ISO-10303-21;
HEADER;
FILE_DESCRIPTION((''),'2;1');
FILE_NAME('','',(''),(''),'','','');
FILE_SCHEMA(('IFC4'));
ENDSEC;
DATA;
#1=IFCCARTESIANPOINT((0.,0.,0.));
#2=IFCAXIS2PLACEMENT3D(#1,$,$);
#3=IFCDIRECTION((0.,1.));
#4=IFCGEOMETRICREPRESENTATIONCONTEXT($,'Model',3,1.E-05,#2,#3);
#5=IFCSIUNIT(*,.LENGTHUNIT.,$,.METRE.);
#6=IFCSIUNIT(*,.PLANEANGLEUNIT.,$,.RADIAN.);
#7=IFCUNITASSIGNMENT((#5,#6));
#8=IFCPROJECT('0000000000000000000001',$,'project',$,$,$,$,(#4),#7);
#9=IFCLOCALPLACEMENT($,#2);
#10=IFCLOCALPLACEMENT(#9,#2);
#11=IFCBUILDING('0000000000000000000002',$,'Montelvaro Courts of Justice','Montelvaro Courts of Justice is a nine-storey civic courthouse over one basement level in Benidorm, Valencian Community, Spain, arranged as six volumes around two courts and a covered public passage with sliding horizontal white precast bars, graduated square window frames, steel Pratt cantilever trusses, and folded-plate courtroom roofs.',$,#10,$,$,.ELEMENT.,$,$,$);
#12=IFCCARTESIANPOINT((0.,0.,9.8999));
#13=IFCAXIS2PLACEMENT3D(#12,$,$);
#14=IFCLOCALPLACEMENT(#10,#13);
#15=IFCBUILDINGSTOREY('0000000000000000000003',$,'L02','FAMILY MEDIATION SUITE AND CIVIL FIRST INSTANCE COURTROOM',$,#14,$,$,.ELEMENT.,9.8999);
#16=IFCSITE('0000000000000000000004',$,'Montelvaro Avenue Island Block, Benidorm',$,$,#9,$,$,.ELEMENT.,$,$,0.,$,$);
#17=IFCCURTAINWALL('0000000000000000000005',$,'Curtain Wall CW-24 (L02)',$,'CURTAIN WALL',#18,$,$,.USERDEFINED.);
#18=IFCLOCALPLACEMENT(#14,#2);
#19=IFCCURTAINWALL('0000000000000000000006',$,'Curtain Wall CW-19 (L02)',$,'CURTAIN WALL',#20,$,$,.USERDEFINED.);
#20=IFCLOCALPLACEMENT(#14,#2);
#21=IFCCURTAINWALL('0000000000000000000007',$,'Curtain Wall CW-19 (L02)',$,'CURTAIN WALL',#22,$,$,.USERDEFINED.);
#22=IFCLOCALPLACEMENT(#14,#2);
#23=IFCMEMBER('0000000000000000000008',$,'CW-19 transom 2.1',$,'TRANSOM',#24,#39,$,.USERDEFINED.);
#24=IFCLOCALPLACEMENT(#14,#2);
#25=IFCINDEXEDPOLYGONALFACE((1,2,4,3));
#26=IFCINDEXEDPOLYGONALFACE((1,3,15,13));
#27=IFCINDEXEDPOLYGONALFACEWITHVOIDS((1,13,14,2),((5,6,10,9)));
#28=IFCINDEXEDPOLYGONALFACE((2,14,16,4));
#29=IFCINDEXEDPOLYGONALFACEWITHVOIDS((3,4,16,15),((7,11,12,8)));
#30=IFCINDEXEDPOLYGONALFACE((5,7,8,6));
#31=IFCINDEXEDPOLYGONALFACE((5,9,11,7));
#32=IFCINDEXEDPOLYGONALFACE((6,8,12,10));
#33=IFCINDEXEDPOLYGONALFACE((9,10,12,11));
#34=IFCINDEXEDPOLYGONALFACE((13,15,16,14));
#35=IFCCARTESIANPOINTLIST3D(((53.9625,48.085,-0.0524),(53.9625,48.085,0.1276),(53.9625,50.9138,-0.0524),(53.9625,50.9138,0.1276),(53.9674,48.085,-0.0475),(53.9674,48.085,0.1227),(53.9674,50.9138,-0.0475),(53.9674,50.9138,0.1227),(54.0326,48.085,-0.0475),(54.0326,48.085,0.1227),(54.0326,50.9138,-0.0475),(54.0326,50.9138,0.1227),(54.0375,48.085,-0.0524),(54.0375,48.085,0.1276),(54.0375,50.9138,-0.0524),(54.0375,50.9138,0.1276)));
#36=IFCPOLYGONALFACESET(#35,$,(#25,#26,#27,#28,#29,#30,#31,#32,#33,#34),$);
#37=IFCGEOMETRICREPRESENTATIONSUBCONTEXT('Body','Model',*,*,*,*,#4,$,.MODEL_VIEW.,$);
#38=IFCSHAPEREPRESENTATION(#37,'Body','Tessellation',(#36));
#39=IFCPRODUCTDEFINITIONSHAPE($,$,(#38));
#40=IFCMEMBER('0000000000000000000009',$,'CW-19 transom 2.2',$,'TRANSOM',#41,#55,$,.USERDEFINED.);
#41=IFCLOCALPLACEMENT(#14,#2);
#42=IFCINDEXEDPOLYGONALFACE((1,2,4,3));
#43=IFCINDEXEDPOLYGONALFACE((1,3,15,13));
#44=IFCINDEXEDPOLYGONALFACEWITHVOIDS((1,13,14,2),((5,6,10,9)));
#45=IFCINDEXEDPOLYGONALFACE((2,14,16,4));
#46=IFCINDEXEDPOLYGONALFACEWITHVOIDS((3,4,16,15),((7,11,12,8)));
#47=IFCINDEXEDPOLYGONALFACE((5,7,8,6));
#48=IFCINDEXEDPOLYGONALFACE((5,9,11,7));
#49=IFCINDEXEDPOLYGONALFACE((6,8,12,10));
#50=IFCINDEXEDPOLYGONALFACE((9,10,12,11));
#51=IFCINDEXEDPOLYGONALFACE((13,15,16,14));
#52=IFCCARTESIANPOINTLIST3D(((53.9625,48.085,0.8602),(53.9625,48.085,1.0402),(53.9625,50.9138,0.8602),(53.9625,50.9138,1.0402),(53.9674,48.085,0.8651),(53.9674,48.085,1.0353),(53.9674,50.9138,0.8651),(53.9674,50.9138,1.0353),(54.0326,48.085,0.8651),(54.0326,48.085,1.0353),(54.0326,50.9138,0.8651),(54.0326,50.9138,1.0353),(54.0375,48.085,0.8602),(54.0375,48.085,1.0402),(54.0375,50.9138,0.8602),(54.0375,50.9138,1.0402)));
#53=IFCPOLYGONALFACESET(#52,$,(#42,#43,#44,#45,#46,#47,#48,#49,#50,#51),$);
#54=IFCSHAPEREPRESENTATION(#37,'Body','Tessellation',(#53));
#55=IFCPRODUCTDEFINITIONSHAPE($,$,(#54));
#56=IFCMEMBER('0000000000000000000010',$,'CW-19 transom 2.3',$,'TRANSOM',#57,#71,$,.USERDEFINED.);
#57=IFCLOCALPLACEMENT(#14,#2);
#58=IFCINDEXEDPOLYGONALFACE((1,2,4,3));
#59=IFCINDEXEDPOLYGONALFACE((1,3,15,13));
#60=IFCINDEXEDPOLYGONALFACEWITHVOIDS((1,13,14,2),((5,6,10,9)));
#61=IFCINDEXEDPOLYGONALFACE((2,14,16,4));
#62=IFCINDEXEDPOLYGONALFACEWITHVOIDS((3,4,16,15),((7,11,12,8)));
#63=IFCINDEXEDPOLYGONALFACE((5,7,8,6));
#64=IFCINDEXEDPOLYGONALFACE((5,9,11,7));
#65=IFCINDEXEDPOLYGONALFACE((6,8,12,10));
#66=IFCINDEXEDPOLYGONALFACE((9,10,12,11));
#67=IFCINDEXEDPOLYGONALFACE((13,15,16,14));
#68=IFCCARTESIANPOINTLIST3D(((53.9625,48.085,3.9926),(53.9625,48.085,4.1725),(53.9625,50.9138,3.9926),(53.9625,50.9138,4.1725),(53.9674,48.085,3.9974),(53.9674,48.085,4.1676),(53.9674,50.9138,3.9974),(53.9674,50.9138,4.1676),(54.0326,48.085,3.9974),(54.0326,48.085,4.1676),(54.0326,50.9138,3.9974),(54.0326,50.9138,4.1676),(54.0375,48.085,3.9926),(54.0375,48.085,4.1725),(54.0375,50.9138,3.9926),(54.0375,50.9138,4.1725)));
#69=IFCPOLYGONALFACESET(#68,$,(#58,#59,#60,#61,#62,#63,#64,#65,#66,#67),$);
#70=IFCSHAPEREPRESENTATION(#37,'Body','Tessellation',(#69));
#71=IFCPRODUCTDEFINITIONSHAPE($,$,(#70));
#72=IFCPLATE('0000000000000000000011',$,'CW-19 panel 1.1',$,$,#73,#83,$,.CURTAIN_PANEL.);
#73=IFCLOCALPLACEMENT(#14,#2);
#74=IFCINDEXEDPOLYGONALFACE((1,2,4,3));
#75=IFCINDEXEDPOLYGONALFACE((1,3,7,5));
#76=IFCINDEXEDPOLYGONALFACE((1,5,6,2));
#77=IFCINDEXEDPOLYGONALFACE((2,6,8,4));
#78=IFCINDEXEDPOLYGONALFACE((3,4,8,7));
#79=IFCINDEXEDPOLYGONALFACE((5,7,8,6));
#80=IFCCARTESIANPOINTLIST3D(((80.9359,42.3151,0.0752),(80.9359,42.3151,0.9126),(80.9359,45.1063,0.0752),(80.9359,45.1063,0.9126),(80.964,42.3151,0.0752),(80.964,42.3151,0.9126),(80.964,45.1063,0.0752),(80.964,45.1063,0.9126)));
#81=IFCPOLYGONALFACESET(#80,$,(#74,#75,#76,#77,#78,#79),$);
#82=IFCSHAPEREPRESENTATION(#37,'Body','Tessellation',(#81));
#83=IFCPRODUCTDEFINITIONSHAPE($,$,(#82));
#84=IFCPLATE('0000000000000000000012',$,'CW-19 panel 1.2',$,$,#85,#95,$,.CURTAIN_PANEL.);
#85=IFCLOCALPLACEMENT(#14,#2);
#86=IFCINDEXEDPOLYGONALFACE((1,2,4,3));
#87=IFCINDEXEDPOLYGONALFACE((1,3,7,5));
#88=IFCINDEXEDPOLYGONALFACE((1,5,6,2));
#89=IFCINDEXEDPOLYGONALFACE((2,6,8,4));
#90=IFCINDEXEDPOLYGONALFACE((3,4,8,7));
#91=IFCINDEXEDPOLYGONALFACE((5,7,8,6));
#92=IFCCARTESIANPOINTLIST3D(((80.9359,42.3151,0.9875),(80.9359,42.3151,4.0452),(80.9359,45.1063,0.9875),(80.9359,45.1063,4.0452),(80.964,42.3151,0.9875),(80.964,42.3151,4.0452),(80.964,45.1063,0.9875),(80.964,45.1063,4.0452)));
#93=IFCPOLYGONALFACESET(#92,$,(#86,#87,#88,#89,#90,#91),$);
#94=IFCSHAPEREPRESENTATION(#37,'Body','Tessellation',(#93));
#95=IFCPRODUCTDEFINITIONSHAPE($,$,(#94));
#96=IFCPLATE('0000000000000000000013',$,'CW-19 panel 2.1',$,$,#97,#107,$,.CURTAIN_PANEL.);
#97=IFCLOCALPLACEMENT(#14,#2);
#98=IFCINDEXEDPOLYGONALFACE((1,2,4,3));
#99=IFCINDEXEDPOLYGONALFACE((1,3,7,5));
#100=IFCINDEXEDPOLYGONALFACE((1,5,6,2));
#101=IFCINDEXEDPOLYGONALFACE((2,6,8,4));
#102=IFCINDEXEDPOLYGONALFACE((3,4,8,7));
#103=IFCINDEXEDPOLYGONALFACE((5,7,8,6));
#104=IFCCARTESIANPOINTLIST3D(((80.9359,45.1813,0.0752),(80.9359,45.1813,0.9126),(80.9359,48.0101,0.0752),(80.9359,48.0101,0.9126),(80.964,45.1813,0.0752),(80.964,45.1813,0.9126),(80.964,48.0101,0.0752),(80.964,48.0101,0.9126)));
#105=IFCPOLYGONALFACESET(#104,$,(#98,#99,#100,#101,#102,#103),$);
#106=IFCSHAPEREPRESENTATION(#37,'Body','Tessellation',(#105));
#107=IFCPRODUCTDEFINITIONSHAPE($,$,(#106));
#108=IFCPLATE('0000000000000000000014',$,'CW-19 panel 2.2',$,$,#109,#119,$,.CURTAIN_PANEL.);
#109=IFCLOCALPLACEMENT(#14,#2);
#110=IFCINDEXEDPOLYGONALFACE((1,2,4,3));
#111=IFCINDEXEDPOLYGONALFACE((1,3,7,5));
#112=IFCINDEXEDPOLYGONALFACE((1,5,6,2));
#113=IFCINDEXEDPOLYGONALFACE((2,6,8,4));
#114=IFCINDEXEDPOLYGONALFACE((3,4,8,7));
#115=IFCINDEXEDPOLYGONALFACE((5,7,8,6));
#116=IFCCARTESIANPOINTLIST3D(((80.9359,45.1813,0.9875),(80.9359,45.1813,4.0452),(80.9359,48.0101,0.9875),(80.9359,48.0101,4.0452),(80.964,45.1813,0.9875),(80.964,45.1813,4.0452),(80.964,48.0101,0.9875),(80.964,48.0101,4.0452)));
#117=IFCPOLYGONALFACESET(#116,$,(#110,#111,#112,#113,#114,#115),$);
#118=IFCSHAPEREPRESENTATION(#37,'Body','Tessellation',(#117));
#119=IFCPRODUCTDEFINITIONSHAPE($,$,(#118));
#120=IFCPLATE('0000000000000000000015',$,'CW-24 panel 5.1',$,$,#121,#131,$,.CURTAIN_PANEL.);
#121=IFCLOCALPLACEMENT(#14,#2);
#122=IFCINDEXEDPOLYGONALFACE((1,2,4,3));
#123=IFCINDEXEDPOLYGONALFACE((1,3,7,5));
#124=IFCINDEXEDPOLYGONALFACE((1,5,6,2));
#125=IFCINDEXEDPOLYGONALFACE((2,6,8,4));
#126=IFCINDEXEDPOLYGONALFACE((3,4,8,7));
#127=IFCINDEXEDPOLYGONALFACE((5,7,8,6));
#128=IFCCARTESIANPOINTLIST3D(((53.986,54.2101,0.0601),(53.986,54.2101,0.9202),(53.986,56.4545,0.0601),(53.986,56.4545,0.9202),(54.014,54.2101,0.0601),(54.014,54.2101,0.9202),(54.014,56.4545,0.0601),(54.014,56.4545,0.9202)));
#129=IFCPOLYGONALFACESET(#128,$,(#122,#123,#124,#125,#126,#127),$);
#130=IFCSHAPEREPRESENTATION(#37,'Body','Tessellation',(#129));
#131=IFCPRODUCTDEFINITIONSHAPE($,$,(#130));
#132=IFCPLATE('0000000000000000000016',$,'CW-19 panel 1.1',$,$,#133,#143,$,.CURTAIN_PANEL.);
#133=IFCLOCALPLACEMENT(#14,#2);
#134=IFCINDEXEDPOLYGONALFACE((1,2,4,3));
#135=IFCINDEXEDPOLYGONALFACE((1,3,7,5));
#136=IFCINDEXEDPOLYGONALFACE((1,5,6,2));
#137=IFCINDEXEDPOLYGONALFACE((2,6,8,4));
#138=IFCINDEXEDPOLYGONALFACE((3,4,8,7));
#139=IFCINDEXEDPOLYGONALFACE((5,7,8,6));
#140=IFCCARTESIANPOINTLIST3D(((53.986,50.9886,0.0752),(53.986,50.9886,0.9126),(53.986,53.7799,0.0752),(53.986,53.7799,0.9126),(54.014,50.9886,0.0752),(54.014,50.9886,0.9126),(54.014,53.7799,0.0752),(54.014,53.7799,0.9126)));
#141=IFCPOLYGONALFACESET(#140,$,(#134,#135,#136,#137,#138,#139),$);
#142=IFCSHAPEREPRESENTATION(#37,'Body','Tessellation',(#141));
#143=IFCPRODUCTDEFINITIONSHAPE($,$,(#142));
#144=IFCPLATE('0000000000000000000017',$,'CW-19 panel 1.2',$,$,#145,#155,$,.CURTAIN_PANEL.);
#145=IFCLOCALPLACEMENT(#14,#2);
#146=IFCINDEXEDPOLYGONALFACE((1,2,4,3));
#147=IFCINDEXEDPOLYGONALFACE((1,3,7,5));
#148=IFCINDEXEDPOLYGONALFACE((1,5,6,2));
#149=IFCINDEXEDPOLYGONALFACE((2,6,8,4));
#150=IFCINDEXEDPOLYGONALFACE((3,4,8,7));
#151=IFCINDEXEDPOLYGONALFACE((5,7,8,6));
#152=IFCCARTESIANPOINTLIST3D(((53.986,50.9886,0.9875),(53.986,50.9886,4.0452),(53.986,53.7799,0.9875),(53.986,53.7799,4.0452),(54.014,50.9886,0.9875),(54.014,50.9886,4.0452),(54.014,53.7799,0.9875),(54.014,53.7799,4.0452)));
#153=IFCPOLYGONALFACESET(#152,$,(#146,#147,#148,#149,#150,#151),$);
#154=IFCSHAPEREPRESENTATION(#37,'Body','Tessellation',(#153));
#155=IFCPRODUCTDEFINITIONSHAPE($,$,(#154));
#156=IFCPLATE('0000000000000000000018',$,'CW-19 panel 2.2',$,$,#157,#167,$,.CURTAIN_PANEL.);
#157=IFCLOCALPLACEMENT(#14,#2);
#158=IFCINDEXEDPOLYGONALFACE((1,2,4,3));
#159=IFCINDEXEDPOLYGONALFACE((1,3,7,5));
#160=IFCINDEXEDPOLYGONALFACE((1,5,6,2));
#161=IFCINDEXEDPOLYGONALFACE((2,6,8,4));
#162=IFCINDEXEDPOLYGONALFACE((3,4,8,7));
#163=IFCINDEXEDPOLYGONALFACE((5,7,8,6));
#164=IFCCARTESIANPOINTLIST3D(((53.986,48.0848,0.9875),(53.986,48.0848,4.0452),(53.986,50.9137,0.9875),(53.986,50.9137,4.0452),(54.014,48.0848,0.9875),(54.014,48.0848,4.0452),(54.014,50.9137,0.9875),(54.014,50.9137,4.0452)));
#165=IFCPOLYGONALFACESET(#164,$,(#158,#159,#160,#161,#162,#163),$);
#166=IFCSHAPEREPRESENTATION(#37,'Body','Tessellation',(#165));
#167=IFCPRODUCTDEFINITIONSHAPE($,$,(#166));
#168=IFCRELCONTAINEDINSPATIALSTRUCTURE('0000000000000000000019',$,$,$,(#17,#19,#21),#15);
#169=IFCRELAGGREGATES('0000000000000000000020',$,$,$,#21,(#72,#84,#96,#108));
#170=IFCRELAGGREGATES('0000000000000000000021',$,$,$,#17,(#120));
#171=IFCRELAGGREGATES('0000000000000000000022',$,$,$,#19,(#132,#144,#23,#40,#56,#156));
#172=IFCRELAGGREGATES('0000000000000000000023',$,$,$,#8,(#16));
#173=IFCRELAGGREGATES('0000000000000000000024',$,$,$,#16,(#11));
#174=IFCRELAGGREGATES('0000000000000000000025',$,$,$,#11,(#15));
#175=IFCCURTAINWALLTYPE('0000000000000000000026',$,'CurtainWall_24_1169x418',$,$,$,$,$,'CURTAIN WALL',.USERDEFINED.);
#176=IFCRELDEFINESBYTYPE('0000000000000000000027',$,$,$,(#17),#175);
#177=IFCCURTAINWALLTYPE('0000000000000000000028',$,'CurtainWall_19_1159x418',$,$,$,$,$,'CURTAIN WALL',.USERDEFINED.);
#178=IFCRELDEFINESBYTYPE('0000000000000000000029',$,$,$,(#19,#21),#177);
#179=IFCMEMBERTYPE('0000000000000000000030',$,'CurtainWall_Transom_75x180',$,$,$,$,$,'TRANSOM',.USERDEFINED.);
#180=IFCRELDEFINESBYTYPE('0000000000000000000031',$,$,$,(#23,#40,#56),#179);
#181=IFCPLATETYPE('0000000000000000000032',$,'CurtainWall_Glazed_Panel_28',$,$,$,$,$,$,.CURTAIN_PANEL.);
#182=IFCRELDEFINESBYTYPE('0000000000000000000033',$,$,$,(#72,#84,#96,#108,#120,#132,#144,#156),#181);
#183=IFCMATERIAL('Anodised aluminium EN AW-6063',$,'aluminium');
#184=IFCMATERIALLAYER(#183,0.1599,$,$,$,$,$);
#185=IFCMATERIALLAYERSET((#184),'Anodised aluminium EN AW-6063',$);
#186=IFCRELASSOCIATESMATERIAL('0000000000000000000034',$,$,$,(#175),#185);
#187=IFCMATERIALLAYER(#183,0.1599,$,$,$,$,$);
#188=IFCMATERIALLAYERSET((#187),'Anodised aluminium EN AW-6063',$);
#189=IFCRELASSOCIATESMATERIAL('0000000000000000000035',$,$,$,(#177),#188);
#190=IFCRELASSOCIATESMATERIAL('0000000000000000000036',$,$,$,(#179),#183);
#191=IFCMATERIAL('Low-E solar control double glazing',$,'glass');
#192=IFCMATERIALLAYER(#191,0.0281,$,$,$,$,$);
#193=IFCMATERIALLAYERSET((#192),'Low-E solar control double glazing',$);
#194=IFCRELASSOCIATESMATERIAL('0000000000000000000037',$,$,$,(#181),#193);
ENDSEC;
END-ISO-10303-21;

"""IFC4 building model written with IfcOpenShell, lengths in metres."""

from ifc_helpers import new_model, si_unit, direction, frame, origin, origin_2d, place, context, subcontext, project, spatial, rectangle, hollow_rectangle, extrude, material, layer, layer_set, material_profile, profile_set, type_object, element, aggregate, save


model = new_model("IFC4")

# Units and contexts
model_context = context("Model", 3, precision=1e-05, world=origin(), true_north=direction((0.0, 1.0)))
body_context = subcontext(model_context, "Body", "Model", "MODEL_VIEW")
ifc_project = project(units=[si_unit("LENGTHUNIT", "METRE"), si_unit("PLANEANGLEUNIT", "RADIAN")], contexts=[model_context])

# Site, building, storey
site_placement = place(None, origin())
site = spatial("IfcSite", under=ifc_project, at=site_placement, Name="Montelvaro Avenue Island Block, Benidorm", CompositionType="ELEMENT", RefElevation=0.0)
building_placement = place(site_placement, origin())
building = spatial("IfcBuilding", under=site, at=building_placement, Name="Montelvaro Courts of Justice", Description="Montelvaro Courts of Justice is a nine-storey civic courthouse over one basement level in Benidorm, Valencian Community, Spain, arranged as six volumes around two courts and a covered public passage with sliding horizontal white precast bars, graduated square window frames, steel Pratt cantilever trusses, and folded-plate courtroom roofs.", CompositionType="ELEMENT")
storey_placement = place(building_placement, frame((0.0, 0.0, 9.8999)))
storey = spatial("IfcBuildingStorey", under=building, at=storey_placement, Name="L02", Description="FAMILY MEDIATION SUITE AND CIVIL FIRST INSTANCE COURTROOM", CompositionType="ELEMENT", Elevation=9.8999)

# Curtain wall
ifc_material_1 = material(Name="Anodised aluminium EN AW-6063", Category="aluminium")
ifc_layer_1 = layer(ifc_material_1, 0.1599)
ifc_layer_set_1 = layer_set([ifc_layer_1], Name="Anodised aluminium EN AW-6063")
curtain_wall_type_1 = type_object("IfcCurtainWallType", Name="CurtainWall_24_1169x418", ElementType="CURTAIN WALL", PredefinedType="USERDEFINED", material=ifc_layer_set_1)
curtain_wall_1_placement = place(storey_placement, origin())
curtain_wall_1 = element("IfcCurtainWall", 1, at=curtain_wall_1_placement, inside=storey, type_object=curtain_wall_type_1, Name="Curtain Wall CW-24 (L02)", ObjectType="CURTAIN WALL", PredefinedType="USERDEFINED")

# Curtain walls
ifc_layer_2 = layer(ifc_material_1, 0.1599)
ifc_layer_set_2 = layer_set([ifc_layer_2], Name="Anodised aluminium EN AW-6063")
curtain_wall_type_2 = type_object("IfcCurtainWallType", Name="CurtainWall_19_1159x418", ElementType="CURTAIN WALL", PredefinedType="USERDEFINED", material=ifc_layer_set_2)
curtain_wall_2_placement = place(storey_placement, origin())
curtain_wall_2 = element("IfcCurtainWall", 2, at=curtain_wall_2_placement, inside=storey, type_object=curtain_wall_type_2, Name="Curtain Wall CW-19 (L02)", ObjectType="CURTAIN WALL", PredefinedType="USERDEFINED")
curtain_wall_3_placement = place(storey_placement, origin())
curtain_wall_3 = element("IfcCurtainWall", 3, at=curtain_wall_3_placement, inside=storey, type_object=curtain_wall_type_2, Name="Curtain Wall CW-19 (L02)", ObjectType="CURTAIN WALL", PredefinedType="USERDEFINED")
ifc_material_profile_1 = material_profile(ifc_material_1, hollow_rectangle(XDim=0.075, YDim=0.1799, WallThickness=0.0049, at=origin_2d()), Name="ALU-T 75x180")
ifc_profile_set_1 = profile_set([ifc_material_profile_1], Name="Anodised aluminium EN AW-6063")
member_type_1 = type_object("IfcMemberType", Name="CurtainWall_Transom_75x180", ElementType="TRANSOM", PredefinedType="USERDEFINED", material=ifc_profile_set_1)

# Members
member_1_placement = place(storey_placement, frame((54.0, 50.9138, 0.0376), z_axis=(0.0, -1.0, 0.0), x_axis=(1.0, 0.0, 0.0)))
member_1 = element("IfcMember", 4, at=member_1_placement, type_object=member_type_1, Name="CW-19 transom 2.1", ObjectType="TRANSOM", PredefinedType="USERDEFINED", context=body_context, shape_type="SweptSolid", body=[
    extrude(hollow_rectangle(XDim=0.075, YDim=0.1799, WallThickness=0.0049, at=origin_2d()), origin(), (0.0, 0.0, 1.0), 2.8289),
])
member_2_placement = place(storey_placement, frame((54.0, 50.9138, 0.9502), z_axis=(0.0, -1.0, 0.0), x_axis=(1.0, 0.0, 0.0)))
member_2 = element("IfcMember", 5, at=member_2_placement, type_object=member_type_1, Name="CW-19 transom 2.2", ObjectType="TRANSOM", PredefinedType="USERDEFINED", context=body_context, shape_type="SweptSolid", body=[
    extrude(hollow_rectangle(XDim=0.075, YDim=0.1799, WallThickness=0.0049, at=origin_2d()), origin(), (0.0, 0.0, 1.0), 2.8289),
])
member_3_placement = place(storey_placement, frame((54.0, 50.9138, 4.0825), z_axis=(0.0, -1.0, 0.0), x_axis=(1.0, 0.0, 0.0)))
member_3 = element("IfcMember", 6, at=member_3_placement, type_object=member_type_1, Name="CW-19 transom 2.3", ObjectType="TRANSOM", PredefinedType="USERDEFINED", context=body_context, shape_type="SweptSolid", body=[
    extrude(hollow_rectangle(XDim=0.075, YDim=0.1799, WallThickness=0.0049, at=origin_2d()), origin(), (0.0, 0.0, 1.0), 2.8289),
])

# Plates
ifc_material_2 = material(Name="Low-E solar control double glazing", Category="glass")
ifc_layer_3 = layer(ifc_material_2, 0.0281)
ifc_layer_set_3 = layer_set([ifc_layer_3], Name="Low-E solar control double glazing")
plate_type = type_object("IfcPlateType", Name="CurtainWall_Glazed_Panel_28", PredefinedType="CURTAIN_PANEL", material=ifc_layer_set_3)
plate_1_placement = place(storey_placement, frame((80.95, 43.7107, 0.0752), z_axis=(0.0, 0.0, 1.0), x_axis=(0.0, 1.0, 0.0)))
plate_1 = element("IfcPlate", 7, at=plate_1_placement, type_object=plate_type, Name="CW-19 panel 1.1", PredefinedType="CURTAIN_PANEL", context=body_context, shape_type="SweptSolid", body=[
    extrude(rectangle(XDim=2.7913, YDim=0.0281, at=origin_2d()), origin(), (0.0, 0.0, 1.0), 0.8374),
])
plate_2_placement = place(storey_placement, frame((80.95, 43.7107, 0.9875), z_axis=(0.0, 0.0, 1.0), x_axis=(0.0, 1.0, 0.0)))
plate_2 = element("IfcPlate", 8, at=plate_2_placement, type_object=plate_type, Name="CW-19 panel 1.2", PredefinedType="CURTAIN_PANEL", context=body_context, shape_type="SweptSolid", body=[
    extrude(rectangle(XDim=2.7913, YDim=0.0281, at=origin_2d()), origin(), (0.0, 0.0, 1.0), 3.0576),
])
plate_3_placement = place(storey_placement, frame((80.95, 46.5957, 0.0752), z_axis=(0.0, 0.0, 1.0), x_axis=(0.0, 1.0, 0.0)))
plate_3 = element("IfcPlate", 9, at=plate_3_placement, type_object=plate_type, Name="CW-19 panel 2.1", PredefinedType="CURTAIN_PANEL", context=body_context, shape_type="SweptSolid", body=[
    extrude(rectangle(XDim=2.8289, YDim=0.0281, at=origin_2d()), origin(), (0.0, 0.0, 1.0), 0.8374),
])
plate_4_placement = place(storey_placement, frame((80.95, 46.5957, 0.9875), z_axis=(0.0, 0.0, 1.0), x_axis=(0.0, 1.0, 0.0)))
plate_4 = element("IfcPlate", 10, at=plate_4_placement, type_object=plate_type, Name="CW-19 panel 2.2", PredefinedType="CURTAIN_PANEL", context=body_context, shape_type="SweptSolid", body=[
    extrude(rectangle(XDim=2.8289, YDim=0.0281, at=origin_2d()), origin(), (0.0, 0.0, 1.0), 3.0576),
])
aggregate(curtain_wall_3, [plate_1, plate_2, plate_3, plate_4])
plate_5_placement = place(storey_placement, frame((54.0, 55.3323, 0.0601), z_axis=(0.0, 0.0, 1.0), x_axis=(0.0, -1.0, 0.0)))
plate_5 = element("IfcPlate", 11, at=plate_5_placement, type_object=plate_type, Name="CW-24 panel 5.1", PredefinedType="CURTAIN_PANEL", context=body_context, shape_type="SweptSolid", body=[
    extrude(rectangle(XDim=2.2444, YDim=0.0281, at=origin_2d()), origin(), (0.0, 0.0, 1.0), 0.8601),
])
aggregate(curtain_wall_1, [plate_5])
plate_6_placement = place(storey_placement, frame((54.0, 52.3843, 0.0752), z_axis=(0.0, 0.0, 1.0), x_axis=(0.0, -1.0, 0.0)))
plate_6 = element("IfcPlate", 12, at=plate_6_placement, type_object=plate_type, Name="CW-19 panel 1.1", PredefinedType="CURTAIN_PANEL", context=body_context, shape_type="SweptSolid", body=[
    extrude(rectangle(XDim=2.7913, YDim=0.0281, at=origin_2d()), origin(), (0.0, 0.0, 1.0), 0.8374),
])
plate_7_placement = place(storey_placement, frame((54.0, 52.3843, 0.9875), z_axis=(0.0, 0.0, 1.0), x_axis=(0.0, -1.0, 0.0)))
plate_7 = element("IfcPlate", 13, at=plate_7_placement, type_object=plate_type, Name="CW-19 panel 1.2", PredefinedType="CURTAIN_PANEL", context=body_context, shape_type="SweptSolid", body=[
    extrude(rectangle(XDim=2.7913, YDim=0.0281, at=origin_2d()), origin(), (0.0, 0.0, 1.0), 3.0576),
])
plate_8_placement = place(storey_placement, frame((54.0, 49.4993, 0.9875), z_axis=(0.0, 0.0, 1.0), x_axis=(0.0, -1.0, 0.0)))
plate_8 = element("IfcPlate", 14, at=plate_8_placement, type_object=plate_type, Name="CW-19 panel 2.2", PredefinedType="CURTAIN_PANEL", context=body_context, shape_type="SweptSolid", body=[
    extrude(rectangle(XDim=2.8289, YDim=0.0281, at=origin_2d()), origin(), (0.0, 0.0, 1.0), 3.0576),
])
aggregate(curtain_wall_2, [plate_6, plate_7, member_1, member_2, member_3, plate_8])

save(model, "model.ifc")
